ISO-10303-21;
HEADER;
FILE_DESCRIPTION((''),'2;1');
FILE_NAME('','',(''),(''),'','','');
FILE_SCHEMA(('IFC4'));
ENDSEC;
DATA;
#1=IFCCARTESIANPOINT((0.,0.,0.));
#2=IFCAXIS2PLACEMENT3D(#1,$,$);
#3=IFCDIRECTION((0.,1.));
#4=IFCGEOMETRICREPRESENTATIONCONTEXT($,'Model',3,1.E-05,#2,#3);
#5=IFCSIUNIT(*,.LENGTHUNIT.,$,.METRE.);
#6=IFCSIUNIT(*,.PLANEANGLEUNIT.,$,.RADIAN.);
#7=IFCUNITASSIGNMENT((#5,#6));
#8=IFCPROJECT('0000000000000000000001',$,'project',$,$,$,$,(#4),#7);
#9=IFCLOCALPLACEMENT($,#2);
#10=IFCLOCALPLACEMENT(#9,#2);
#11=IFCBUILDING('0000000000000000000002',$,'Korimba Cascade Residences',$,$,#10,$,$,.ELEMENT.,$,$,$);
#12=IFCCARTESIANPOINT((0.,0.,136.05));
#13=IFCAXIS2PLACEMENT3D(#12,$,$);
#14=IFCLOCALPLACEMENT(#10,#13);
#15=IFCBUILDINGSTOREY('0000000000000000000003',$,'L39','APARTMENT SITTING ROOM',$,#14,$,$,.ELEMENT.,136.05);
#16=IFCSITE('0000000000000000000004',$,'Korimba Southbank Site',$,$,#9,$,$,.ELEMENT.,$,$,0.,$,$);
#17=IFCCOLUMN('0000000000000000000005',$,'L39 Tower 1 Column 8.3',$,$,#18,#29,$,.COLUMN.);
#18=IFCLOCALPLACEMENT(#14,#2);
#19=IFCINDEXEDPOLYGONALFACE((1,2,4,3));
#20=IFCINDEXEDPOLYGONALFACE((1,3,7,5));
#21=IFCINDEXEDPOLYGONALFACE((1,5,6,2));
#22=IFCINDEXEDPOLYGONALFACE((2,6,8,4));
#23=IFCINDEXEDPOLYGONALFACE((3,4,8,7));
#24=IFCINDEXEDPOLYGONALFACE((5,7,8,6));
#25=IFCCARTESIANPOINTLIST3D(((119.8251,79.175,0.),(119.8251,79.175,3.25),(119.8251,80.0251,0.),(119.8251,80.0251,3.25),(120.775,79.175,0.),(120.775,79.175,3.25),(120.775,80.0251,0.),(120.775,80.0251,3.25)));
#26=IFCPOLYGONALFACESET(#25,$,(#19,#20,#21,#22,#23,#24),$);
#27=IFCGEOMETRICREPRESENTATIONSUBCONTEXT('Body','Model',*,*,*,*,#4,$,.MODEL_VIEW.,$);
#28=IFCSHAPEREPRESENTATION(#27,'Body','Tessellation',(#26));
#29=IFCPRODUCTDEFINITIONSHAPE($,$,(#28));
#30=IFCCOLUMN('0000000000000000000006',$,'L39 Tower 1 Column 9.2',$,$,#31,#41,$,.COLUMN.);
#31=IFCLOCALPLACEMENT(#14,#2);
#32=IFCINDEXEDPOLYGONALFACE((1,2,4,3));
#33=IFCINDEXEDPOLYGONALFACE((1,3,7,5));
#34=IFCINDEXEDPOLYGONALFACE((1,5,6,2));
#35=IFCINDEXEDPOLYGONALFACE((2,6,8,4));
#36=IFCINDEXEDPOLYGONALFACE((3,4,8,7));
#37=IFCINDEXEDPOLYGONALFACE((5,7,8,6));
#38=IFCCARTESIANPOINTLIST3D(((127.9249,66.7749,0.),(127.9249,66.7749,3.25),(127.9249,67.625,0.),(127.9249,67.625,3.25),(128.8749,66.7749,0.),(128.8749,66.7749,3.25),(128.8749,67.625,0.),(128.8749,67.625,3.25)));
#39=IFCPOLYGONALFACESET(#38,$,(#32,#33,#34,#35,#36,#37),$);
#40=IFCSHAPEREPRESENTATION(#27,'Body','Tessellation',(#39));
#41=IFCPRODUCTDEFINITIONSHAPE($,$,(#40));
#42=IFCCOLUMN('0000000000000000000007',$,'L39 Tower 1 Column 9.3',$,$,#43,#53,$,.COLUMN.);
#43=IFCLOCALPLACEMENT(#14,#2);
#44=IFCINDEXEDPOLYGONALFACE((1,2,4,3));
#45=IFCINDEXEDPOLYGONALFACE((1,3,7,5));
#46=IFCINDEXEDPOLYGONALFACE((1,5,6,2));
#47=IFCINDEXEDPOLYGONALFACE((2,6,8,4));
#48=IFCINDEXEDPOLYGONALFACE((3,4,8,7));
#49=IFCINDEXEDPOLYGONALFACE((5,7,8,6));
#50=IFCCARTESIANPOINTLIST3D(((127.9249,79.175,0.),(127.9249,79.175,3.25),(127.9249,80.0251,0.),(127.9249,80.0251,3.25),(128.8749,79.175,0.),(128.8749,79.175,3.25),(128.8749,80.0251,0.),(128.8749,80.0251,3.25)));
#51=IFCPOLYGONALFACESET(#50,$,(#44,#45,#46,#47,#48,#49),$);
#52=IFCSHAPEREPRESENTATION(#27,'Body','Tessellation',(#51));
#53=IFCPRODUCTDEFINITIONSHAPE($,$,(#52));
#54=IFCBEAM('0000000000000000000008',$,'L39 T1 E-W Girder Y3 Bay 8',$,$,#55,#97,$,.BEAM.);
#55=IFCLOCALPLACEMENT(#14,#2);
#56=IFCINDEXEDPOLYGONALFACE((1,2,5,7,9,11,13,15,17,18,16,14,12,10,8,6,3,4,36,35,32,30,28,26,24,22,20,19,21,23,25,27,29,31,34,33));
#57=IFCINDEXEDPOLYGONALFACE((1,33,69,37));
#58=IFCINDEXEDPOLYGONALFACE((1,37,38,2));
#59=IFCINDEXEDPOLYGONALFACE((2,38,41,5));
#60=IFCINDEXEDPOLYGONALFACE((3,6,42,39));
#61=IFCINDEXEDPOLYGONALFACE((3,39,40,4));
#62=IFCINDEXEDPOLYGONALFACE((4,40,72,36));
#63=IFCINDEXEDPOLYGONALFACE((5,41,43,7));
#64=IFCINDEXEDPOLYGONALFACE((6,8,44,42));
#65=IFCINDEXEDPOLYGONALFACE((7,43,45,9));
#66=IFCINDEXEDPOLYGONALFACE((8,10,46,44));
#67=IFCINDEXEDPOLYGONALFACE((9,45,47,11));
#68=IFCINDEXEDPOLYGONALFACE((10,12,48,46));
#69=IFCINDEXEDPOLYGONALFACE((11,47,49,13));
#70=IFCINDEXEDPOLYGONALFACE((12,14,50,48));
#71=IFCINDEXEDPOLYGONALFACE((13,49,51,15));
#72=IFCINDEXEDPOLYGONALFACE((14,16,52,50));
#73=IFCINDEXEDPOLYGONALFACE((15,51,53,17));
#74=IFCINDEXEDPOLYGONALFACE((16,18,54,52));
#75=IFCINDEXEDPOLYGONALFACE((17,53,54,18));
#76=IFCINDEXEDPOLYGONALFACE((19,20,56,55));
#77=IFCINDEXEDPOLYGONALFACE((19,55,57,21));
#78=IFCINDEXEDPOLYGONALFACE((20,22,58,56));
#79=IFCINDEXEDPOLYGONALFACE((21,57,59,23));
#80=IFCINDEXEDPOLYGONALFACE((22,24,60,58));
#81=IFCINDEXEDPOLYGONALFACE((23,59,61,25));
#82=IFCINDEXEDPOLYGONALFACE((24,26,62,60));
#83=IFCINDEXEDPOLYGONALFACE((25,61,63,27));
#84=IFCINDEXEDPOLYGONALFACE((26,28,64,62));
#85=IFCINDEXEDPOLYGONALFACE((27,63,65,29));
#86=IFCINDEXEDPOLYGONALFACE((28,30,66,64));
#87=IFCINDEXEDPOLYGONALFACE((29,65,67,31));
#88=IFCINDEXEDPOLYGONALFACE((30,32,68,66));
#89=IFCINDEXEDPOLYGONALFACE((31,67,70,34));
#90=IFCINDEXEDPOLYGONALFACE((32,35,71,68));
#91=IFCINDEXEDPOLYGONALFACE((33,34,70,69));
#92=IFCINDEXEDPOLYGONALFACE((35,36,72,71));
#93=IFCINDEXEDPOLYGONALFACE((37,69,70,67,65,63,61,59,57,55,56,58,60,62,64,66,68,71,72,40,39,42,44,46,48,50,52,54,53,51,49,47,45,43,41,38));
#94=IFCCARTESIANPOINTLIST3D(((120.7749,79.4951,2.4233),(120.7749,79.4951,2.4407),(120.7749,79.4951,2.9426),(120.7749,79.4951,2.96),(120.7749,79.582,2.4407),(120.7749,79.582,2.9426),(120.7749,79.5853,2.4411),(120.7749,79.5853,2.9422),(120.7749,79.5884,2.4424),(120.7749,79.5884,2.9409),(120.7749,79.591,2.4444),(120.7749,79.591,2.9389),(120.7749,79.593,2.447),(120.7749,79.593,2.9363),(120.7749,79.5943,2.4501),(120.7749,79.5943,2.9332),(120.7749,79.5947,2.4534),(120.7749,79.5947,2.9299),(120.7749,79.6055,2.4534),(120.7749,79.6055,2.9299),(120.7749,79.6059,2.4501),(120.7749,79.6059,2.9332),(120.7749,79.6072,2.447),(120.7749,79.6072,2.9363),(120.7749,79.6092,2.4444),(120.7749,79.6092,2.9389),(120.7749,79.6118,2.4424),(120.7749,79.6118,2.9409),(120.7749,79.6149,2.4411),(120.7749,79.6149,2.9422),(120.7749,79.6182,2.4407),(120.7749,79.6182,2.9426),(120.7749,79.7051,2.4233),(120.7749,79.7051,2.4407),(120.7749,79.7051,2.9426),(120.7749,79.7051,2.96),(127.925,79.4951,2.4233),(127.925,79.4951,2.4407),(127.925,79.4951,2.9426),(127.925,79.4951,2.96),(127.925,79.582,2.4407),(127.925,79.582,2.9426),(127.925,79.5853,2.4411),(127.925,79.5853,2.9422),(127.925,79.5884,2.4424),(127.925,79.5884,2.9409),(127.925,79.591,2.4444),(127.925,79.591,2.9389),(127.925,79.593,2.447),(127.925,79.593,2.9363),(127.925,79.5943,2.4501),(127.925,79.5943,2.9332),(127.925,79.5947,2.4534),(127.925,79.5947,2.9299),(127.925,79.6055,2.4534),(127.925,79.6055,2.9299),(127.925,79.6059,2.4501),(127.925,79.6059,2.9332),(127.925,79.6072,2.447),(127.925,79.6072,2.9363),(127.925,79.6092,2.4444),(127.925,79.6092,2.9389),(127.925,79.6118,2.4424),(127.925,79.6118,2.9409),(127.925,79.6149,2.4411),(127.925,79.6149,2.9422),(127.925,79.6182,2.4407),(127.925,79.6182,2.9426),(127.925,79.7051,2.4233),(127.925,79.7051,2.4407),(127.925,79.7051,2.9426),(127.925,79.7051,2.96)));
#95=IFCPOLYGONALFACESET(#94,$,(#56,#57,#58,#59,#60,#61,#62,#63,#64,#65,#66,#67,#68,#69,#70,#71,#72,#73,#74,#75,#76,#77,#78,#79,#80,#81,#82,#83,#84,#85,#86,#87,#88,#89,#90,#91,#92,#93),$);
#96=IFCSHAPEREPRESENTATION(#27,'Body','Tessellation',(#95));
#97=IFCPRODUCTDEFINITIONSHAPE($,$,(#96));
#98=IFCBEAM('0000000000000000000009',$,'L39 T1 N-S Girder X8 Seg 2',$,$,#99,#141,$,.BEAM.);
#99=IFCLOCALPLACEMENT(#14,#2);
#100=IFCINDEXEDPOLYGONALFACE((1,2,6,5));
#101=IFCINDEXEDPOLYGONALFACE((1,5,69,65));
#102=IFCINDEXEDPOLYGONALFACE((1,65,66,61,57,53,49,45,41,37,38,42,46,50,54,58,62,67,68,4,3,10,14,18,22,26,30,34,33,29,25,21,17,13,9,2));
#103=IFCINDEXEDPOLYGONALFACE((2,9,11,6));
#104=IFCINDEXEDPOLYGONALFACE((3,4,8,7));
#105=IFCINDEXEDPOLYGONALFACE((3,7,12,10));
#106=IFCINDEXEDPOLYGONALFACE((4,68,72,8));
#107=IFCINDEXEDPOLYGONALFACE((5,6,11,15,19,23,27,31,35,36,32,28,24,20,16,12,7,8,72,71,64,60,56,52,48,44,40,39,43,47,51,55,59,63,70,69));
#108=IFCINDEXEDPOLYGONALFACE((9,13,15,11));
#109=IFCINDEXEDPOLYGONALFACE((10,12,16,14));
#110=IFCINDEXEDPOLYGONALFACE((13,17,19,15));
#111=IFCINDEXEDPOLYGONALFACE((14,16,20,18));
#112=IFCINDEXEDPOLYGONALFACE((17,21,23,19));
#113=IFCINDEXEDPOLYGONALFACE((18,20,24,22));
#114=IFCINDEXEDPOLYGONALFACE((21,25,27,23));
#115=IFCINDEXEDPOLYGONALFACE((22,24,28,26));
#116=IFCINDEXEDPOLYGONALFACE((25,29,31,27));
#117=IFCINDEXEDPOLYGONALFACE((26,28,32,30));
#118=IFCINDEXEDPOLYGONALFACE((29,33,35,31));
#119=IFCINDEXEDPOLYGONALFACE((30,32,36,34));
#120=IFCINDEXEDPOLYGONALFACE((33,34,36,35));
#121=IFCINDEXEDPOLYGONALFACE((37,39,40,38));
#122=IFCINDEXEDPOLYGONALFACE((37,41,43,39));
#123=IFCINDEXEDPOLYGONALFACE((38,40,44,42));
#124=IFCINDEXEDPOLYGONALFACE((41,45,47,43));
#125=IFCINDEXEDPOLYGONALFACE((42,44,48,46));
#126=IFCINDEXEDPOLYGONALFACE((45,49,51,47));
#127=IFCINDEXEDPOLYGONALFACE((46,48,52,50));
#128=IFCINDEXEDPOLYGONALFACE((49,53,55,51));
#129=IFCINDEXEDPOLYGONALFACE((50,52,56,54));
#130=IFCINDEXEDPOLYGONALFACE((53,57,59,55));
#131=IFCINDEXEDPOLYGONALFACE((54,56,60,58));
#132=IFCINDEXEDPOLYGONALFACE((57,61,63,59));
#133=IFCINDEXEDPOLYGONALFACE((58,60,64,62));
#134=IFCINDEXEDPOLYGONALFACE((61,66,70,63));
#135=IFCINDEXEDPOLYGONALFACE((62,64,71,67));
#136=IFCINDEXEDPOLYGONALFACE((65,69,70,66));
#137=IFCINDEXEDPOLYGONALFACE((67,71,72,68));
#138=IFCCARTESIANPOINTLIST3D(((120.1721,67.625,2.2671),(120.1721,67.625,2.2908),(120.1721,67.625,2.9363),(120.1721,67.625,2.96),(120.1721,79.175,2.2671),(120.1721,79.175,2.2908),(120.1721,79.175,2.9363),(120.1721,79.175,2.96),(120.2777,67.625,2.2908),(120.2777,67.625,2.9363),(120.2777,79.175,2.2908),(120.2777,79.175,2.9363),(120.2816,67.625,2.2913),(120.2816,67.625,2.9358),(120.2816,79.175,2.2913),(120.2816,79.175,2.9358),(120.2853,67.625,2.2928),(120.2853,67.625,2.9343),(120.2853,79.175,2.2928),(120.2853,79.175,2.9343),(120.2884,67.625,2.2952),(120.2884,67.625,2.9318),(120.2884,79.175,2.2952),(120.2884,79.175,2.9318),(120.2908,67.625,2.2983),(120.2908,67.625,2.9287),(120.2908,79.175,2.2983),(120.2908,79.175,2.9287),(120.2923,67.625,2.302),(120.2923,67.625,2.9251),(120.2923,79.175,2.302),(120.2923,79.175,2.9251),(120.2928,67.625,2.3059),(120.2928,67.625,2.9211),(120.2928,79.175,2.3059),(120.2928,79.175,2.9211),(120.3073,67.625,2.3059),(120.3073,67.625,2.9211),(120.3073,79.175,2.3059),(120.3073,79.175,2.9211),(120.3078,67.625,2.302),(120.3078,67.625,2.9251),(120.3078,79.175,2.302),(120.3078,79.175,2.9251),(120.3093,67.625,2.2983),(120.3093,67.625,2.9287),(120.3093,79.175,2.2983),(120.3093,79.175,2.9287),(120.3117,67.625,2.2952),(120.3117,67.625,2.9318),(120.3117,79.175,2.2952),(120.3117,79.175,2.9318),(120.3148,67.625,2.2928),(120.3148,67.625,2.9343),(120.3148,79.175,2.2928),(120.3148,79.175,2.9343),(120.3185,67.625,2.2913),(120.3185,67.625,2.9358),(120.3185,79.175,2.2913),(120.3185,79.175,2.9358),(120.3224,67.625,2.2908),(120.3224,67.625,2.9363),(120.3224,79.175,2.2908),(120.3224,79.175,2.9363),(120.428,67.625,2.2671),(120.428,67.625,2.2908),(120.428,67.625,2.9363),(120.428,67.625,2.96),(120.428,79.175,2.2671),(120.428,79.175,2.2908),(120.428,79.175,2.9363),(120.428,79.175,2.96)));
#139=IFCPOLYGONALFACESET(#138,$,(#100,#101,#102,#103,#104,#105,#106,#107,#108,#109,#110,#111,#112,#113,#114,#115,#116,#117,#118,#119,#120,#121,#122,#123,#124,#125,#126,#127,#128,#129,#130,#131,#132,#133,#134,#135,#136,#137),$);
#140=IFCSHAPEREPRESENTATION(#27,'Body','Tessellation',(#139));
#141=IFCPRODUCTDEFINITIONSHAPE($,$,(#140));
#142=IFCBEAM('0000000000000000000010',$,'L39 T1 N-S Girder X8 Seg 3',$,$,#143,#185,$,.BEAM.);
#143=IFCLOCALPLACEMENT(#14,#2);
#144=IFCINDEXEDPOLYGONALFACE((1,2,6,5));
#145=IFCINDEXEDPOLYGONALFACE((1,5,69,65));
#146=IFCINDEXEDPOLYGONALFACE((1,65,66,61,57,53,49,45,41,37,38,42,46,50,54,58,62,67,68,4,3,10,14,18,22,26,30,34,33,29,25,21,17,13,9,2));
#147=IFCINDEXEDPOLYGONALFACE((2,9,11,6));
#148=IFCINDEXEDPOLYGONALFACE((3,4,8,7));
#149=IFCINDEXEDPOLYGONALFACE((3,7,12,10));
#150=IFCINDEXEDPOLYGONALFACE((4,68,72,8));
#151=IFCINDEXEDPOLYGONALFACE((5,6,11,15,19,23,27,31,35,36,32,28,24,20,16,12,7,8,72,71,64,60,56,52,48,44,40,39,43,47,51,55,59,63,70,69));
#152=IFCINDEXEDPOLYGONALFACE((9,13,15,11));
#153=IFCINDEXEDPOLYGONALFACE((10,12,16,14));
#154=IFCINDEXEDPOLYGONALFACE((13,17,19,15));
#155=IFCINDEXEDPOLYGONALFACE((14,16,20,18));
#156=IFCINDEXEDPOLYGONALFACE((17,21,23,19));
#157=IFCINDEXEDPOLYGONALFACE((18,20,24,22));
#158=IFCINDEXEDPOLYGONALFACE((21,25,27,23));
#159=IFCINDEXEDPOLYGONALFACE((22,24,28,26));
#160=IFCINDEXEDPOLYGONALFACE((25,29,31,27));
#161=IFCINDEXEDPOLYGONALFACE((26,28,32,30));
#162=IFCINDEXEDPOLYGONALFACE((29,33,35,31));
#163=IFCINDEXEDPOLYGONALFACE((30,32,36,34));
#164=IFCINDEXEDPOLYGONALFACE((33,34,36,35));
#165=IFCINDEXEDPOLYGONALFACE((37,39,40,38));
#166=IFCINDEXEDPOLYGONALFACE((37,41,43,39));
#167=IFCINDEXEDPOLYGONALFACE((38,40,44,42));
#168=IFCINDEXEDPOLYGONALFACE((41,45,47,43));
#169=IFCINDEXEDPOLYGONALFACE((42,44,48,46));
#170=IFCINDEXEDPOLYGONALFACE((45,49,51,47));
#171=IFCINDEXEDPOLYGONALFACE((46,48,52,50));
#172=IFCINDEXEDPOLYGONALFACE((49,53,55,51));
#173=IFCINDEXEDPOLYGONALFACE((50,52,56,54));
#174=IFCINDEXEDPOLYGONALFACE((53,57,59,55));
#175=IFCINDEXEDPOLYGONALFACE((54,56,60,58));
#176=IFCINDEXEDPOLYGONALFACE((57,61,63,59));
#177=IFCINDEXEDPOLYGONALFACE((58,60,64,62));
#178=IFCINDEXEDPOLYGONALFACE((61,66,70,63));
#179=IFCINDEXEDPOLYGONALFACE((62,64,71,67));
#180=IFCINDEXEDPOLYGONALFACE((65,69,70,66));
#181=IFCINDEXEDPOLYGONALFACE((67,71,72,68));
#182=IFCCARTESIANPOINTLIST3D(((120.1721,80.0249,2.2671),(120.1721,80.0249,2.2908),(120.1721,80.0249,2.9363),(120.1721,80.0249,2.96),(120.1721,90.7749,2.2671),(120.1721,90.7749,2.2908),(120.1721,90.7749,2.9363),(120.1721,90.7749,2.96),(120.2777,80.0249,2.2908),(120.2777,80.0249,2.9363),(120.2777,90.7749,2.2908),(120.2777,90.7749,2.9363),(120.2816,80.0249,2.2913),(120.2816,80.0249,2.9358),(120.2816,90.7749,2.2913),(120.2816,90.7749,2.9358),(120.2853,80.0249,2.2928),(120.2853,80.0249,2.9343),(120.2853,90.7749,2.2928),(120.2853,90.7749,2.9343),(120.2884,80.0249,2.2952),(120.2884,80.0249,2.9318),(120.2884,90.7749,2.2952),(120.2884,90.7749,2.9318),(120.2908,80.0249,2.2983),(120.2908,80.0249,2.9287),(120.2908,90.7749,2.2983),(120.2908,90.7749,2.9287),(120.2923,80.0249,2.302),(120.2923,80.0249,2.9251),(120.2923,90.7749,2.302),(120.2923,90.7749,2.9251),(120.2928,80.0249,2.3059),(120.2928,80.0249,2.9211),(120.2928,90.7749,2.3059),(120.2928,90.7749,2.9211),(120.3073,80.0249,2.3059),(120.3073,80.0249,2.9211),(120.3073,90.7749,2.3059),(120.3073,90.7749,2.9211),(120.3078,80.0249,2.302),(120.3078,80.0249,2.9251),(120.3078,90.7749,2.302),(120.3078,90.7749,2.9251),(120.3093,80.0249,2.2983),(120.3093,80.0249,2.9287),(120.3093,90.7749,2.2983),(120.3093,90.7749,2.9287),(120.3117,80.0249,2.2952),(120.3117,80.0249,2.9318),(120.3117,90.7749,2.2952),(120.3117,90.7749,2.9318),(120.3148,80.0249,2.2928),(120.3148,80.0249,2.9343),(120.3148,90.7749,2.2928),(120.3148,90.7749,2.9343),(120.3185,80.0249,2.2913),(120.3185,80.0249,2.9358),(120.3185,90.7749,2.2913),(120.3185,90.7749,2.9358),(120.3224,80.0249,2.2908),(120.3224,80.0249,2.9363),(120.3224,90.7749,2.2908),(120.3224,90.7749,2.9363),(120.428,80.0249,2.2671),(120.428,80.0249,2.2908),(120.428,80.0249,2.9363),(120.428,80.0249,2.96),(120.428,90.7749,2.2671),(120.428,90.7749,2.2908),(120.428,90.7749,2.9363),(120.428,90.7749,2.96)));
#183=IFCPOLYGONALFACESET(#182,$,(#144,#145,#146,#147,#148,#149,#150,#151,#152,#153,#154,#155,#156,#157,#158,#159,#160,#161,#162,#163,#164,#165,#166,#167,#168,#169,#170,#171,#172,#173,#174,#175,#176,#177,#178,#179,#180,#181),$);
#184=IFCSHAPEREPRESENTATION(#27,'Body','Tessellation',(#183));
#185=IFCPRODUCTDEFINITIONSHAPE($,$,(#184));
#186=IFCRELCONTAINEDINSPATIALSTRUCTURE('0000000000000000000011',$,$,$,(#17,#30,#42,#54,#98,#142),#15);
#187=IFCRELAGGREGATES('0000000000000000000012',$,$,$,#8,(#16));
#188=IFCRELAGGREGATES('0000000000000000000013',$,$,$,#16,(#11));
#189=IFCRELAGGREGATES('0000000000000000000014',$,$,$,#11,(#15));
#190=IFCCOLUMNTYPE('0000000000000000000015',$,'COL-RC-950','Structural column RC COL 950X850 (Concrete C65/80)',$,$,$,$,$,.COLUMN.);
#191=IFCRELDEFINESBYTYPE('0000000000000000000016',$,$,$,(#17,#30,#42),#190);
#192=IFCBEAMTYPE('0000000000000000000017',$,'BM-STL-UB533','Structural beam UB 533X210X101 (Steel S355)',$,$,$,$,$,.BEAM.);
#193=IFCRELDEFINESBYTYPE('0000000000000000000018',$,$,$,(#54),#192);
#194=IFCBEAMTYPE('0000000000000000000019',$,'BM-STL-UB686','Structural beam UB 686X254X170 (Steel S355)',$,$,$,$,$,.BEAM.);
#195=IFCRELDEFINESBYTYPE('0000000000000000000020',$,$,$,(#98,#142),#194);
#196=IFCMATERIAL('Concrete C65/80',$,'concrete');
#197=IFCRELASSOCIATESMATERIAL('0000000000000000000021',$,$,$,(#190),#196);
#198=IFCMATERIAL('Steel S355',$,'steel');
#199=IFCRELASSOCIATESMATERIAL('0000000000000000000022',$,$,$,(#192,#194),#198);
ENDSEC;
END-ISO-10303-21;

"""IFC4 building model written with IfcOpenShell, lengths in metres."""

from ifc_helpers import new_model, si_unit, direction, frame, origin, origin_2d, place, context, subcontext, project, spatial, rectangle, i_section, extrude, material, material_profile, profile_set, type_object, element, save


model = new_model("IFC4")

# Units and contexts
model_context = context("Model", 3, precision=1e-05, world=origin(), true_north=direction((0.0, 1.0)))
body_context = subcontext(model_context, "Body", "Model", "MODEL_VIEW")
ifc_project = project(units=[si_unit("LENGTHUNIT", "METRE"), si_unit("PLANEANGLEUNIT", "RADIAN")], contexts=[model_context])

# Site, building, storey
site_placement = place(None, origin())
site = spatial("IfcSite", under=ifc_project, at=site_placement, Name="Korimba Southbank Site", CompositionType="ELEMENT", RefElevation=0.0)
building_placement = place(site_placement, origin())
building = spatial("IfcBuilding", under=site, at=building_placement, Name="Korimba Cascade Residences", CompositionType="ELEMENT")
storey_placement = place(building_placement, frame((0.0, 0.0, 136.05)))
storey = spatial("IfcBuildingStorey", under=building, at=storey_placement, Name="L39", Description="APARTMENT SITTING ROOM", CompositionType="ELEMENT", Elevation=136.05)

# Columns
ifc_material_1 = material(Name="Concrete C65/80", Category="concrete")
ifc_material_profile_1 = material_profile(ifc_material_1, rectangle(XDim=0.95, YDim=0.8501, at=origin_2d()), Name="Concrete C65/80")
ifc_profile_set_1 = profile_set([ifc_material_profile_1], Name="Concrete C65/80")
column_type = type_object("IfcColumnType", Name="COL-RC-950", Description="Structural column RC COL 950X850 (Concrete C65/80)", PredefinedType="COLUMN", material=ifc_profile_set_1)
for number, where, z_axis, x_axis, name in (
    (1, (120.3, 79.6001, 0.0), (0.0, 0.0, 1.0), (1.0, 0.0, 0.0), "L39 Tower 1 Column 8.3"),
    (2, (128.3999, 67.2, 0.0), (0.0, 0.0, 1.0), (1.0, 0.0, 0.0), "L39 Tower 1 Column 9.2"),
    (3, (128.3999, 79.6001, 0.0), (0.0, 0.0, 1.0), (1.0, 0.0, 0.0), "L39 Tower 1 Column 9.3"),
):
    element("IfcColumn", number, at=place(storey_placement, frame(where, z_axis=z_axis, x_axis=x_axis)), inside=storey, type_object=column_type, Name=name, PredefinedType="COLUMN", context=body_context, shape_type="SweptSolid", body=[
        extrude(rectangle(XDim=0.95, YDim=0.8501, at=origin_2d()), origin(), (0.0, 0.0, 1.0), 3.25),
    ])

# Beams
ifc_material_2 = material(Name="Steel S355", Category="steel")
ifc_material_profile_2 = material_profile(ifc_material_2, i_section(OverallWidth=0.21, OverallDepth=0.5366, WebThickness=0.0107, FlangeThickness=0.0173, FilletRadius=0.0127, at=origin_2d()), Name="Steel S355")
ifc_profile_set_2 = profile_set([ifc_material_profile_2], Name="Steel S355")
beam_type_1 = type_object("IfcBeamType", Name="BM-STL-UB533", Description="Structural beam UB 533X210X101 (Steel S355)", PredefinedType="BEAM", material=ifc_profile_set_2)
beam_1_placement = place(storey_placement, frame((120.7749, 79.6001, 2.6917), z_axis=(1.0, 0.0, 0.0), x_axis=(0.0, 1.0, 0.0)))
element("IfcBeam", 4, at=beam_1_placement, inside=storey, type_object=beam_type_1, Name="L39 T1 E-W Girder Y3 Bay 8", PredefinedType="BEAM", context=body_context, shape_type="SweptSolid", body=[
    extrude(i_section(OverallWidth=0.21, OverallDepth=0.5366, WebThickness=0.0107, FlangeThickness=0.0173, FilletRadius=0.0127, at=origin_2d()), origin(), (0.0, 0.0, 1.0), 7.1501),
])
ifc_material_profile_3 = material_profile(ifc_material_2, i_section(OverallWidth=0.2559, OverallDepth=0.6929, WebThickness=0.0144, FlangeThickness=0.0237, FilletRadius=0.0151, at=origin_2d()), Name="Steel S355")
ifc_profile_set_3 = profile_set([ifc_material_profile_3], Name="Steel S355")
beam_type_2 = type_object("IfcBeamType", Name="BM-STL-UB686", Description="Structural beam UB 686X254X170 (Steel S355)", PredefinedType="BEAM", material=ifc_profile_set_3)
beam_2_placement = place(storey_placement, frame((120.3, 67.625, 2.6135), z_axis=(0.0, 1.0, 0.0), x_axis=(-1.0, 0.0, 0.0)))
element("IfcBeam", 5, at=beam_2_placement, inside=storey, type_object=beam_type_2, Name="L39 T1 N-S Girder X8 Seg 2", PredefinedType="BEAM", context=body_context, shape_type="SweptSolid", body=[
    extrude(i_section(OverallWidth=0.2559, OverallDepth=0.6929, WebThickness=0.0144, FlangeThickness=0.0237, FilletRadius=0.0151, at=origin_2d()), origin(), (0.0, 0.0, 1.0), 11.55),
])
beam_3_placement = place(storey_placement, frame((120.3, 80.0249, 2.6135), z_axis=(0.0, 1.0, 0.0), x_axis=(-1.0, 0.0, 0.0)))
element("IfcBeam", 6, at=beam_3_placement, inside=storey, type_object=beam_type_2, Name="L39 T1 N-S Girder X8 Seg 3", PredefinedType="BEAM", context=body_context, shape_type="SweptSolid", body=[
    extrude(i_section(OverallWidth=0.2559, OverallDepth=0.6929, WebThickness=0.0144, FlangeThickness=0.0237, FilletRadius=0.0151, at=origin_2d()), origin(), (0.0, 0.0, 1.0), 10.75),
])

save(model, "model.ifc")
